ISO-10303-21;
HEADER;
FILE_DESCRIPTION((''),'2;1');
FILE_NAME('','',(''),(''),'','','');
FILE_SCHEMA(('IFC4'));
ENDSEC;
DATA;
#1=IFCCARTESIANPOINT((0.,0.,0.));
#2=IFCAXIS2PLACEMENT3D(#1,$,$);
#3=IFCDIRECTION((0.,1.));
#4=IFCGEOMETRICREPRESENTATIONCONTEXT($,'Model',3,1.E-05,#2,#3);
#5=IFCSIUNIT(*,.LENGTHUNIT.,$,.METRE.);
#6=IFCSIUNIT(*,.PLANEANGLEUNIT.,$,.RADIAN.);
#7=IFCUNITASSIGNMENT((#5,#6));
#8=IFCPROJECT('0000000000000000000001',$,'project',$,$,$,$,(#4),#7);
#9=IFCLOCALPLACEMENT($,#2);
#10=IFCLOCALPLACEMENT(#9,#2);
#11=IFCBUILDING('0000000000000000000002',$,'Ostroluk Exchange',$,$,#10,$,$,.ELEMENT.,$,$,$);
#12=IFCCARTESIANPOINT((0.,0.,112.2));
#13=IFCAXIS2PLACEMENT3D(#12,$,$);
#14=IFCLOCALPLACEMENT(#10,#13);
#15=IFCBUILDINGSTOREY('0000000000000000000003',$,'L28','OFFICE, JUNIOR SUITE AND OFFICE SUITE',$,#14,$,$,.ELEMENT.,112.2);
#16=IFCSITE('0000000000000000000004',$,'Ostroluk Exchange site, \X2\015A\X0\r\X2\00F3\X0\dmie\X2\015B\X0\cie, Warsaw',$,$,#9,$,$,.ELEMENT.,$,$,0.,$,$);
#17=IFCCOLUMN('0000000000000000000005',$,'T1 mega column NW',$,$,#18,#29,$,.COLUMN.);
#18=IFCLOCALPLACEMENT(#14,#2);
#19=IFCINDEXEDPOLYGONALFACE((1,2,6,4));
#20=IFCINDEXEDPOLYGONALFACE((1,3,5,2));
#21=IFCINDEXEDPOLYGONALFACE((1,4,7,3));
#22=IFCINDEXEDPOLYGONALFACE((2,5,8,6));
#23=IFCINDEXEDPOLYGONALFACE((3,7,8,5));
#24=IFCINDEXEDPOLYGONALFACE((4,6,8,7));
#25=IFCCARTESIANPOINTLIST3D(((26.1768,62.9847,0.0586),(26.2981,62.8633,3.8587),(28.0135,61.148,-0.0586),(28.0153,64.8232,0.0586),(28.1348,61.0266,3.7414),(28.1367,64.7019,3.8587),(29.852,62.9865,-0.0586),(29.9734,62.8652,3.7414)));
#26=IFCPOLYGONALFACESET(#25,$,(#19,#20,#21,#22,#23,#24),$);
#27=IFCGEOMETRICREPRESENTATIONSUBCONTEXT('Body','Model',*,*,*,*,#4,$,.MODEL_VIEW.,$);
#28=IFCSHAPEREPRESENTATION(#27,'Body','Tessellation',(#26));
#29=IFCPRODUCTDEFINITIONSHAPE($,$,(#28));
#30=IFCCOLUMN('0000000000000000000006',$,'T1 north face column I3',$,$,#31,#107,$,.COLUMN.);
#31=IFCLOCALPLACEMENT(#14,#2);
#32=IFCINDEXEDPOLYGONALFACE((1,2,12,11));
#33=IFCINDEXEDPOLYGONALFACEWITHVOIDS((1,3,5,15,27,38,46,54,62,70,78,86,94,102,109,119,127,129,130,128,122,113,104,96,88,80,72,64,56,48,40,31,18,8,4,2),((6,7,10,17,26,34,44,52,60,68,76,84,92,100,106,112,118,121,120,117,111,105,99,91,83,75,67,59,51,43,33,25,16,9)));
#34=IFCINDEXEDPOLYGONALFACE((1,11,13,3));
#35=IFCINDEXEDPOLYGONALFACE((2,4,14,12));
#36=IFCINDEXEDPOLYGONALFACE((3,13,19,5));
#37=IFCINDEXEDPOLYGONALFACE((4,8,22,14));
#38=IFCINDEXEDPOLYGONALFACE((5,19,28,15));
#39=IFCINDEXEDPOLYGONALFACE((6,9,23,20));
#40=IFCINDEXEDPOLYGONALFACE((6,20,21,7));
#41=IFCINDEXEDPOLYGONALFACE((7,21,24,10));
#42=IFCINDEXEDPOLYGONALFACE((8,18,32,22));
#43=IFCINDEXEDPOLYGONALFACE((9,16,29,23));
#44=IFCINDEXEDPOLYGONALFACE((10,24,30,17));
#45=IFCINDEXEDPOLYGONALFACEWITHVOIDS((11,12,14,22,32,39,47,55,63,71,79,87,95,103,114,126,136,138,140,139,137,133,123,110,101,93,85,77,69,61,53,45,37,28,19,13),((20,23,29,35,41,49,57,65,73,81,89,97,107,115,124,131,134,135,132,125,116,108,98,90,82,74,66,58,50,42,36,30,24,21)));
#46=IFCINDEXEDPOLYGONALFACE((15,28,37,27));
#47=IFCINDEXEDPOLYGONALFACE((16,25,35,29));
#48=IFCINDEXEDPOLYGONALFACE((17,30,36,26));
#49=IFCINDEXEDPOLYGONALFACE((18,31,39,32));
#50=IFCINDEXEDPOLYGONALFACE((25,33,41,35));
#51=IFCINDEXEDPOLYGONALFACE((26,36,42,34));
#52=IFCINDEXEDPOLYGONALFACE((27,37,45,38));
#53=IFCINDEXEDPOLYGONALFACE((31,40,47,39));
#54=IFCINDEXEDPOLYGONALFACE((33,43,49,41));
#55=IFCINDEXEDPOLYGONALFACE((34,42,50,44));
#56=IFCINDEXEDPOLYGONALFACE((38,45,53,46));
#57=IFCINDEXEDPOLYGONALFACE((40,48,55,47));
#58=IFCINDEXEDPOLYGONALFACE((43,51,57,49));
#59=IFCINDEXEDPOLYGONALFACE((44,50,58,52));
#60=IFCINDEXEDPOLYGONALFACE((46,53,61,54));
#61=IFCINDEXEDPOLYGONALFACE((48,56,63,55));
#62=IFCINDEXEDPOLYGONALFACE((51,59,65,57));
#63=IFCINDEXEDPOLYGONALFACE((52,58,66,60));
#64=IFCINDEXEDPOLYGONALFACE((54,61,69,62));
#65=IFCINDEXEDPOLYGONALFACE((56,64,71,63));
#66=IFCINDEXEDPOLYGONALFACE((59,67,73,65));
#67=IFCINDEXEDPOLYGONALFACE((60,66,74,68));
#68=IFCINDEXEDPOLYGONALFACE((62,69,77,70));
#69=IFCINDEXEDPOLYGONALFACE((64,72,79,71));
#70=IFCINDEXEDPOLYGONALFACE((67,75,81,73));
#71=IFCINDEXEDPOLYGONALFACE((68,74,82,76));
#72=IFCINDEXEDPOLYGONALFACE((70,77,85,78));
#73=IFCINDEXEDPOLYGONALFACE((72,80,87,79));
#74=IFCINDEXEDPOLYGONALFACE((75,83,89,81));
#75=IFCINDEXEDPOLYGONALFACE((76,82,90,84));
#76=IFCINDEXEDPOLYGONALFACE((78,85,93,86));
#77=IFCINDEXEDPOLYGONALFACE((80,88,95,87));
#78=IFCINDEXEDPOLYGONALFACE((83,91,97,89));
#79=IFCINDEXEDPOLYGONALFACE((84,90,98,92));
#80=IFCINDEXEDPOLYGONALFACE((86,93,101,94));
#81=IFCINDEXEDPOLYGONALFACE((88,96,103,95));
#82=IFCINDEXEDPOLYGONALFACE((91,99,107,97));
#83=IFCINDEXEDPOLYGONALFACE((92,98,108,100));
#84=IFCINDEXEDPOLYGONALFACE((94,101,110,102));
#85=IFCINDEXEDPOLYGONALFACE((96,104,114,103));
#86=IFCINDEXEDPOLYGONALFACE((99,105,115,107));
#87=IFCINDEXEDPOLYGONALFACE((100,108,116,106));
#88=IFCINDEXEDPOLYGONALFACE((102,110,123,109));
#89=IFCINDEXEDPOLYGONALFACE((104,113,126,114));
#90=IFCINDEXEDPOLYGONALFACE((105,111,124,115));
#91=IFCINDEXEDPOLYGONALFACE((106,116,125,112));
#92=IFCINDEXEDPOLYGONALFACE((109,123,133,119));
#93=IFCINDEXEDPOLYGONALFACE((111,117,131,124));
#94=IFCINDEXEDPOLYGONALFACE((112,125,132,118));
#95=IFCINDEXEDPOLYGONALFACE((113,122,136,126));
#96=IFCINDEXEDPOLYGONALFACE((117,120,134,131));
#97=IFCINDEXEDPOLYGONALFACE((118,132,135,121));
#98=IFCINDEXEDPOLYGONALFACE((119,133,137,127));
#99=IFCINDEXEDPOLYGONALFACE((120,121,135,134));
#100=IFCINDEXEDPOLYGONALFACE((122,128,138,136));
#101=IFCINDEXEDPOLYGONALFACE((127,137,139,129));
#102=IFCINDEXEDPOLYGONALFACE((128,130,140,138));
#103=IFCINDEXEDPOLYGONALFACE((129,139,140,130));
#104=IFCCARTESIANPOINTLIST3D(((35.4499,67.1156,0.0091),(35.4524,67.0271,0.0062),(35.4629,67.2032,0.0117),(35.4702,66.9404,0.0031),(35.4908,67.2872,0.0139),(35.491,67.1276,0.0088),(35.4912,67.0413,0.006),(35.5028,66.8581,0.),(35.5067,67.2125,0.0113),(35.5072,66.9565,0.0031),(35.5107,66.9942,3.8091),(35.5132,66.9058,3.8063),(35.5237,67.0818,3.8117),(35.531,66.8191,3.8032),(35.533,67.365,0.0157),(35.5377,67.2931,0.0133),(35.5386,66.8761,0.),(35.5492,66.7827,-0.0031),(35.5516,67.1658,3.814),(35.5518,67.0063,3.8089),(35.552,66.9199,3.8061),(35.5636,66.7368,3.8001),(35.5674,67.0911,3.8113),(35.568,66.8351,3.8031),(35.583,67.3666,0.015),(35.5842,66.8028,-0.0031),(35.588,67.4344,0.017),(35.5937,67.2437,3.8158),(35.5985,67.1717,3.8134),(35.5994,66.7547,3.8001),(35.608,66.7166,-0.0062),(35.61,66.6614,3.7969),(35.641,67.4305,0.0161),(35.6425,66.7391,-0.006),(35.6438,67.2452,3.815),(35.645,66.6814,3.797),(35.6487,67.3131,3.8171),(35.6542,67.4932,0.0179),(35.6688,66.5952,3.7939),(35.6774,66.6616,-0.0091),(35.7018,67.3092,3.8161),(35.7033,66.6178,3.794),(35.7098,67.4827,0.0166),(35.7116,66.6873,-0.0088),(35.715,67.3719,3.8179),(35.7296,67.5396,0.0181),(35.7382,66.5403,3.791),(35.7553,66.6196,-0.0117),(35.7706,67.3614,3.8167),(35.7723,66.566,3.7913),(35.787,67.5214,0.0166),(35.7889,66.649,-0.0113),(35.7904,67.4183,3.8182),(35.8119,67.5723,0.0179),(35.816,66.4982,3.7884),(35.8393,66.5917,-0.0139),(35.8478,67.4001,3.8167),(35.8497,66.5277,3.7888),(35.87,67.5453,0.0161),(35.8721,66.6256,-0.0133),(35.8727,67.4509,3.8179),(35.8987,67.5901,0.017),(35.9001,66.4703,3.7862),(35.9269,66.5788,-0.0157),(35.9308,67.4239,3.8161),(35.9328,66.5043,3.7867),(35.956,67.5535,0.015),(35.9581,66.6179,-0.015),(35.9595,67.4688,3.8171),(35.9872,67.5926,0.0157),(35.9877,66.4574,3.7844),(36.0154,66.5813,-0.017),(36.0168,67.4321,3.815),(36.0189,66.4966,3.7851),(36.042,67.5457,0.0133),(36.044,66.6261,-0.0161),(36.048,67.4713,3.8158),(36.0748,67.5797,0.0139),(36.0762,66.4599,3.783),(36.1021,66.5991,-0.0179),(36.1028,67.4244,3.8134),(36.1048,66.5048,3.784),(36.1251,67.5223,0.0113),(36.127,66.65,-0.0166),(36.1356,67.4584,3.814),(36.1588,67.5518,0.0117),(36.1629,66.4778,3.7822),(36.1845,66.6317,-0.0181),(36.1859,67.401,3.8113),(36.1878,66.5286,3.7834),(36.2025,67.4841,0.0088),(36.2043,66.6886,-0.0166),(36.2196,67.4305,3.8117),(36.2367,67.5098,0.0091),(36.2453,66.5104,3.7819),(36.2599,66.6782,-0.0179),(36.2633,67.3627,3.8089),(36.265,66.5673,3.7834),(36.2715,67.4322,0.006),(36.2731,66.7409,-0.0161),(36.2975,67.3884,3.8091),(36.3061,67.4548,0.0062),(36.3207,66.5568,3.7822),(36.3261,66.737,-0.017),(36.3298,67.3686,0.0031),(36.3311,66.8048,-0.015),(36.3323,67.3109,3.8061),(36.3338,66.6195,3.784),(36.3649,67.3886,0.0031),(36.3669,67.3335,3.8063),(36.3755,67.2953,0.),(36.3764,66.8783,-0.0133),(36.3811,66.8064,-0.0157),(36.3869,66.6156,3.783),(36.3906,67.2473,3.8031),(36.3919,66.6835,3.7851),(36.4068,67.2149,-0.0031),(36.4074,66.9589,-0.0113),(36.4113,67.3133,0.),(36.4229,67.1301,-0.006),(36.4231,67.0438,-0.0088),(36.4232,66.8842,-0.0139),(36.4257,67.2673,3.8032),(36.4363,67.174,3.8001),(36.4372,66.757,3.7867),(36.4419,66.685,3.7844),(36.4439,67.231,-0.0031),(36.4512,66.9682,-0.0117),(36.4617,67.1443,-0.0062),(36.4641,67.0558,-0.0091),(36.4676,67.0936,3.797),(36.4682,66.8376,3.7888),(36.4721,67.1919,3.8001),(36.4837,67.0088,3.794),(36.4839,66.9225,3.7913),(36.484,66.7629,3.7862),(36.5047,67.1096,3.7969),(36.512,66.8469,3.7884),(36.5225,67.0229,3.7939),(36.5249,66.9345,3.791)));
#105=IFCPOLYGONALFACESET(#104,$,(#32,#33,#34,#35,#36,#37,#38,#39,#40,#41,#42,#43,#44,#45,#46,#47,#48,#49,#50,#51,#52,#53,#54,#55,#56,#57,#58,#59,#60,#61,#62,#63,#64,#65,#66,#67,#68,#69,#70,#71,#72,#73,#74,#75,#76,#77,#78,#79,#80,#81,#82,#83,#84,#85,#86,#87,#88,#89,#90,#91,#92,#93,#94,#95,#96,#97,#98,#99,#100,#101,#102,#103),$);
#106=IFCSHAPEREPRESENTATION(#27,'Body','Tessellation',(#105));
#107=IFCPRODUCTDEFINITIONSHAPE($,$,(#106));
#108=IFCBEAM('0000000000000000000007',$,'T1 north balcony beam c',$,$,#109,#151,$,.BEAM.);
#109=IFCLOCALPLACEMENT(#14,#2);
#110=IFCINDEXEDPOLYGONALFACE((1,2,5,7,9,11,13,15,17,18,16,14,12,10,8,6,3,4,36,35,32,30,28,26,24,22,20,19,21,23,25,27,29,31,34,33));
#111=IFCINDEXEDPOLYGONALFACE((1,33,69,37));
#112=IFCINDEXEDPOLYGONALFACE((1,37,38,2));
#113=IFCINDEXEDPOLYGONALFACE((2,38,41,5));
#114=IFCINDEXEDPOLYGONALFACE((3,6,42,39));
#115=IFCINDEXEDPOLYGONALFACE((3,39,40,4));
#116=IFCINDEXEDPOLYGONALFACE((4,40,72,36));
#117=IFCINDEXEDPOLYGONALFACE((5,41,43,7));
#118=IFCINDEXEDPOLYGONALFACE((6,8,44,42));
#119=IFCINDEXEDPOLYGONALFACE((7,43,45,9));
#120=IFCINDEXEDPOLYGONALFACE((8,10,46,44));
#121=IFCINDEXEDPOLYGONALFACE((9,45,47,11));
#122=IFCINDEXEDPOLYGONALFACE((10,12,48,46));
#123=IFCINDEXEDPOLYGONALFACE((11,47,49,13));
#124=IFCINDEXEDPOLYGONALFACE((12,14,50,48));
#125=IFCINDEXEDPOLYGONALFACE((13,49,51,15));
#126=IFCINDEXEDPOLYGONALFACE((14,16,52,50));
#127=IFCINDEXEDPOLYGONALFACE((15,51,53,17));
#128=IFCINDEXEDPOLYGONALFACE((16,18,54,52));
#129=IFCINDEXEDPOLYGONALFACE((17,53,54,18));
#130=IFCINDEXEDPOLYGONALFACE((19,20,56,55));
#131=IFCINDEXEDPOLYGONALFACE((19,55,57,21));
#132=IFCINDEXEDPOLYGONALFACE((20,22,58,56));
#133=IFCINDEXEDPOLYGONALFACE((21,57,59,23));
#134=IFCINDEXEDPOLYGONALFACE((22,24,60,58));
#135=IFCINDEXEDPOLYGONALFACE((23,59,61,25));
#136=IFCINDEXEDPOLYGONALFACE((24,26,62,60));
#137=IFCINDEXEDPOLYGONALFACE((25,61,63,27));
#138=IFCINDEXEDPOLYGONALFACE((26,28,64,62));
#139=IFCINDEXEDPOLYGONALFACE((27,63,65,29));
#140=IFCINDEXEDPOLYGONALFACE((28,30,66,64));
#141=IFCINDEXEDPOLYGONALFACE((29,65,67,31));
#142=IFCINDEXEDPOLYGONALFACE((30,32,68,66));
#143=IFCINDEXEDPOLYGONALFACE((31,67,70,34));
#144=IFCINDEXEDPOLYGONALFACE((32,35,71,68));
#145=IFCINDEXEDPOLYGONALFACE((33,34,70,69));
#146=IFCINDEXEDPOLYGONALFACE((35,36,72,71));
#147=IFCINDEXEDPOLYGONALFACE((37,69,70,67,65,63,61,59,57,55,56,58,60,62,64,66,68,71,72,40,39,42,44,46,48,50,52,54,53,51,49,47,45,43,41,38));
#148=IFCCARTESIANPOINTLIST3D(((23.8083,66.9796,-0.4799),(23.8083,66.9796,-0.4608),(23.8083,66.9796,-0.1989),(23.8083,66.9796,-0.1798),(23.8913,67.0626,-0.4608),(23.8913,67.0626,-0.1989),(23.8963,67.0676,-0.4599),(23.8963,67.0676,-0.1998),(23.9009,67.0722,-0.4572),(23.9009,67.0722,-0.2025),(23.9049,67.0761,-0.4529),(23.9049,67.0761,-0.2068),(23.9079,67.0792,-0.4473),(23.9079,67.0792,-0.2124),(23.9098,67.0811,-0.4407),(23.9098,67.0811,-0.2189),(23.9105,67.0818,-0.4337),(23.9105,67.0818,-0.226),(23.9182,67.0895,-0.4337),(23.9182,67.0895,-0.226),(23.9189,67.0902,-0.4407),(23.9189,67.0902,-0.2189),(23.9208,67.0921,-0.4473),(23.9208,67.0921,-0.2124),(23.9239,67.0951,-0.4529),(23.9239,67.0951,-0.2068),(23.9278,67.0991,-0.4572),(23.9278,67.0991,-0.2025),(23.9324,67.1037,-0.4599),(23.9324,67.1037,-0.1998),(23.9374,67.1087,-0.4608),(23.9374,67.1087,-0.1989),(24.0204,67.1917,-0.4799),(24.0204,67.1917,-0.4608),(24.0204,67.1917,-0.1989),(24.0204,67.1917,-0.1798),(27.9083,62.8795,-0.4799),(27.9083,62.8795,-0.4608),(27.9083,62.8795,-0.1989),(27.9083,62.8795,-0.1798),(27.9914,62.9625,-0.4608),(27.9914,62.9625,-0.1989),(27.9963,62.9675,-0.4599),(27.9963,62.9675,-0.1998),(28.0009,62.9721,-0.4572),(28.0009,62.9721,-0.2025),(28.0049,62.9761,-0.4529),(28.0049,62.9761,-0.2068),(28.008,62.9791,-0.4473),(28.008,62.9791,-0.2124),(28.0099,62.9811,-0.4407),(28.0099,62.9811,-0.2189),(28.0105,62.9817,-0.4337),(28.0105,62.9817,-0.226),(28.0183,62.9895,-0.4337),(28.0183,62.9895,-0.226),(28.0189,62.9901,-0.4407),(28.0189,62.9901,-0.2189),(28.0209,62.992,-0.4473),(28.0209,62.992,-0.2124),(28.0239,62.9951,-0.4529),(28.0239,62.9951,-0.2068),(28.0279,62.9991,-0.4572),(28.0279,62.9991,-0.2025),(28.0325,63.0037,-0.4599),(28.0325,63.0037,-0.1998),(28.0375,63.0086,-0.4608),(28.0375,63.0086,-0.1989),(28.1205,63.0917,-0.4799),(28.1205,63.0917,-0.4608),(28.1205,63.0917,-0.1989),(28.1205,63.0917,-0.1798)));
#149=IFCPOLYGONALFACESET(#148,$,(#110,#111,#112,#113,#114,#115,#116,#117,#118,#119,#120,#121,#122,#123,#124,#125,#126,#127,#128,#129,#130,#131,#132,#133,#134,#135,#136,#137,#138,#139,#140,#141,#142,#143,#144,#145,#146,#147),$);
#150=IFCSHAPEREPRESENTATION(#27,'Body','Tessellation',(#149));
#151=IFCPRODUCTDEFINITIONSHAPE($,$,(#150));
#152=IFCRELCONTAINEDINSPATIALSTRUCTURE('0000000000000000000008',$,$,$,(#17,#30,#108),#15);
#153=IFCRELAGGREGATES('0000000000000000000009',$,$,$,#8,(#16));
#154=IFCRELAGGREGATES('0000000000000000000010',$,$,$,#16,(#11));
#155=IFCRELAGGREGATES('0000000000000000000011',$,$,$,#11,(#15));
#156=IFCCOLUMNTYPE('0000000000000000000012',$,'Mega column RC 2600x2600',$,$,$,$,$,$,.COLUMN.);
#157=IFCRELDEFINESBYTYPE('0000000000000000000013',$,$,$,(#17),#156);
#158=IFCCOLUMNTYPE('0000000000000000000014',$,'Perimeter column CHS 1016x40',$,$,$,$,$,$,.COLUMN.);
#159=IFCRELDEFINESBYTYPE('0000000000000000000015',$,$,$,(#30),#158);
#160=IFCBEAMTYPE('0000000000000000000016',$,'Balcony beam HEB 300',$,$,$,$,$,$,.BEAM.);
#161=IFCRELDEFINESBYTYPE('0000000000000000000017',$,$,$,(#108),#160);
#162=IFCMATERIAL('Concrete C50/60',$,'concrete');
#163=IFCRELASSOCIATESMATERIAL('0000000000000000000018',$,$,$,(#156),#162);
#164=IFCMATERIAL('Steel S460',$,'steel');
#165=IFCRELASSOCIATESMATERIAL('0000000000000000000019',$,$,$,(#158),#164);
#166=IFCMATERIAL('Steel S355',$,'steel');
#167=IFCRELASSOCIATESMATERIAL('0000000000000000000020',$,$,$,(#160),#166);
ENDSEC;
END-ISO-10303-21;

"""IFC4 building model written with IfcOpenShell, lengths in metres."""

from ifc_helpers import new_model, si_unit, direction, frame, origin, origin_2d, place, context, subcontext, project, spatial, rectangle, hollow_circle, i_section, extrude, material, material_profile, profile_set, type_object, element, save


model = new_model("IFC4")

# Units and contexts
model_context = context("Model", 3, precision=1e-05, world=origin(), true_north=direction((0.0, 1.0)))
body_context = subcontext(model_context, "Body", "Model", "MODEL_VIEW")
ifc_project = project(units=[si_unit("LENGTHUNIT", "METRE"), si_unit("PLANEANGLEUNIT", "RADIAN")], contexts=[model_context])

# Site, building, storey
site_placement = place(None, origin())
site = spatial("IfcSite", under=ifc_project, at=site_placement, Name="Ostroluk Exchange site, Śródmieście, Warsaw", CompositionType="ELEMENT", RefElevation=0.0)
building_placement = place(site_placement, origin())
building = spatial("IfcBuilding", under=site, at=building_placement, Name="Ostroluk Exchange", CompositionType="ELEMENT")
storey_placement = place(building_placement, frame((0.0, 0.0, 112.2)))
storey = spatial("IfcBuildingStorey", under=building, at=storey_placement, Name="L28", Description="OFFICE, JUNIOR SUITE AND OFFICE SUITE", CompositionType="ELEMENT", Elevation=112.2)

# Columns
ifc_material_1 = material(Name="Concrete C50/60", Category="concrete")
ifc_material_profile_1 = material_profile(ifc_material_1, rectangle(XDim=2.6001, YDim=2.6001, at=origin_2d()), Name="RC 2600x2600")
ifc_profile_set_1 = profile_set([ifc_material_profile_1], Name="Concrete C50/60")
column_type_1 = type_object("IfcColumnType", Name="Mega column RC 2600x2600", PredefinedType="COLUMN", material=ifc_profile_set_1)
column_1_placement = place(storey_placement, frame((28.0144, 62.9856, 0.0), z_axis=(0.031898, -0.031898, 0.998982), x_axis=(0.707107, 0.707107, 0.0)))
element("IfcColumn", 1, at=column_1_placement, inside=storey, type_object=column_type_1, Name="T1 mega column NW", PredefinedType="COLUMN", context=body_context, shape_type="SweptSolid", body=[
    extrude(rectangle(XDim=2.6001, YDim=2.6001, at=origin_2d()), origin(), (0.0, 0.0, 1.0), 3.804),
])
ifc_material_2 = material(Name="Steel S460", Category="steel")
ifc_material_profile_2 = material_profile(ifc_material_2, hollow_circle(Radius=0.5081, WallThickness=0.04, at=origin_2d()), Name="CHS 1016x40")
ifc_profile_set_2 = profile_set([ifc_material_profile_2], Name="Steel S460")
column_type_2 = type_object("IfcColumnType", Name="Perimeter column CHS 1016x40", PredefinedType="COLUMN", material=ifc_profile_set_2)
column_2_placement = place(storey_placement, frame((35.957, 67.0857, 0.0), z_axis=(0.015987, -0.03191, 0.999363), x_axis=(0.894067, 0.447933, 0.0)))
element("IfcColumn", 2, at=column_2_placement, inside=storey, type_object=column_type_2, Name="T1 north face column I3", PredefinedType="COLUMN", context=body_context, shape_type="SweptSolid", body=[
    extrude(hollow_circle(Radius=0.5081, WallThickness=0.04, at=origin_2d()), origin(), (0.0, 0.0, 1.0), 3.8025),
])

# Beam
ifc_material_3 = material(Name="Steel S355", Category="steel")
ifc_material_profile_3 = material_profile(ifc_material_3, i_section(OverallWidth=0.3, OverallDepth=0.3, WebThickness=0.011, FlangeThickness=0.019, FilletRadius=0.0271, at=origin_2d()), Name="HEB 300")
ifc_profile_set_3 = profile_set([ifc_material_profile_3], Name="Steel S355")
beam_type_1 = type_object("IfcBeamType", Name="Balcony beam HEB 300", PredefinedType="BEAM", material=ifc_profile_set_3)
beam_1_placement = place(storey_placement, frame((28.0144, 62.9856, -0.3298), z_axis=(-0.707107, 0.707107, 0.0), x_axis=(-0.707107, -0.707107, 0.0)))
element("IfcBeam", 3, at=beam_1_placement, inside=storey, type_object=beam_type_1, Name="T1 north balcony beam c", PredefinedType="BEAM", context=body_context, shape_type="SweptSolid", body=[
    extrude(i_section(OverallWidth=0.3, OverallDepth=0.3, WebThickness=0.011, FlangeThickness=0.019, FilletRadius=0.0271, at=origin_2d()), origin(), (0.0, 0.0, 1.0), 5.7983),
])

save(model, "model.ifc")
